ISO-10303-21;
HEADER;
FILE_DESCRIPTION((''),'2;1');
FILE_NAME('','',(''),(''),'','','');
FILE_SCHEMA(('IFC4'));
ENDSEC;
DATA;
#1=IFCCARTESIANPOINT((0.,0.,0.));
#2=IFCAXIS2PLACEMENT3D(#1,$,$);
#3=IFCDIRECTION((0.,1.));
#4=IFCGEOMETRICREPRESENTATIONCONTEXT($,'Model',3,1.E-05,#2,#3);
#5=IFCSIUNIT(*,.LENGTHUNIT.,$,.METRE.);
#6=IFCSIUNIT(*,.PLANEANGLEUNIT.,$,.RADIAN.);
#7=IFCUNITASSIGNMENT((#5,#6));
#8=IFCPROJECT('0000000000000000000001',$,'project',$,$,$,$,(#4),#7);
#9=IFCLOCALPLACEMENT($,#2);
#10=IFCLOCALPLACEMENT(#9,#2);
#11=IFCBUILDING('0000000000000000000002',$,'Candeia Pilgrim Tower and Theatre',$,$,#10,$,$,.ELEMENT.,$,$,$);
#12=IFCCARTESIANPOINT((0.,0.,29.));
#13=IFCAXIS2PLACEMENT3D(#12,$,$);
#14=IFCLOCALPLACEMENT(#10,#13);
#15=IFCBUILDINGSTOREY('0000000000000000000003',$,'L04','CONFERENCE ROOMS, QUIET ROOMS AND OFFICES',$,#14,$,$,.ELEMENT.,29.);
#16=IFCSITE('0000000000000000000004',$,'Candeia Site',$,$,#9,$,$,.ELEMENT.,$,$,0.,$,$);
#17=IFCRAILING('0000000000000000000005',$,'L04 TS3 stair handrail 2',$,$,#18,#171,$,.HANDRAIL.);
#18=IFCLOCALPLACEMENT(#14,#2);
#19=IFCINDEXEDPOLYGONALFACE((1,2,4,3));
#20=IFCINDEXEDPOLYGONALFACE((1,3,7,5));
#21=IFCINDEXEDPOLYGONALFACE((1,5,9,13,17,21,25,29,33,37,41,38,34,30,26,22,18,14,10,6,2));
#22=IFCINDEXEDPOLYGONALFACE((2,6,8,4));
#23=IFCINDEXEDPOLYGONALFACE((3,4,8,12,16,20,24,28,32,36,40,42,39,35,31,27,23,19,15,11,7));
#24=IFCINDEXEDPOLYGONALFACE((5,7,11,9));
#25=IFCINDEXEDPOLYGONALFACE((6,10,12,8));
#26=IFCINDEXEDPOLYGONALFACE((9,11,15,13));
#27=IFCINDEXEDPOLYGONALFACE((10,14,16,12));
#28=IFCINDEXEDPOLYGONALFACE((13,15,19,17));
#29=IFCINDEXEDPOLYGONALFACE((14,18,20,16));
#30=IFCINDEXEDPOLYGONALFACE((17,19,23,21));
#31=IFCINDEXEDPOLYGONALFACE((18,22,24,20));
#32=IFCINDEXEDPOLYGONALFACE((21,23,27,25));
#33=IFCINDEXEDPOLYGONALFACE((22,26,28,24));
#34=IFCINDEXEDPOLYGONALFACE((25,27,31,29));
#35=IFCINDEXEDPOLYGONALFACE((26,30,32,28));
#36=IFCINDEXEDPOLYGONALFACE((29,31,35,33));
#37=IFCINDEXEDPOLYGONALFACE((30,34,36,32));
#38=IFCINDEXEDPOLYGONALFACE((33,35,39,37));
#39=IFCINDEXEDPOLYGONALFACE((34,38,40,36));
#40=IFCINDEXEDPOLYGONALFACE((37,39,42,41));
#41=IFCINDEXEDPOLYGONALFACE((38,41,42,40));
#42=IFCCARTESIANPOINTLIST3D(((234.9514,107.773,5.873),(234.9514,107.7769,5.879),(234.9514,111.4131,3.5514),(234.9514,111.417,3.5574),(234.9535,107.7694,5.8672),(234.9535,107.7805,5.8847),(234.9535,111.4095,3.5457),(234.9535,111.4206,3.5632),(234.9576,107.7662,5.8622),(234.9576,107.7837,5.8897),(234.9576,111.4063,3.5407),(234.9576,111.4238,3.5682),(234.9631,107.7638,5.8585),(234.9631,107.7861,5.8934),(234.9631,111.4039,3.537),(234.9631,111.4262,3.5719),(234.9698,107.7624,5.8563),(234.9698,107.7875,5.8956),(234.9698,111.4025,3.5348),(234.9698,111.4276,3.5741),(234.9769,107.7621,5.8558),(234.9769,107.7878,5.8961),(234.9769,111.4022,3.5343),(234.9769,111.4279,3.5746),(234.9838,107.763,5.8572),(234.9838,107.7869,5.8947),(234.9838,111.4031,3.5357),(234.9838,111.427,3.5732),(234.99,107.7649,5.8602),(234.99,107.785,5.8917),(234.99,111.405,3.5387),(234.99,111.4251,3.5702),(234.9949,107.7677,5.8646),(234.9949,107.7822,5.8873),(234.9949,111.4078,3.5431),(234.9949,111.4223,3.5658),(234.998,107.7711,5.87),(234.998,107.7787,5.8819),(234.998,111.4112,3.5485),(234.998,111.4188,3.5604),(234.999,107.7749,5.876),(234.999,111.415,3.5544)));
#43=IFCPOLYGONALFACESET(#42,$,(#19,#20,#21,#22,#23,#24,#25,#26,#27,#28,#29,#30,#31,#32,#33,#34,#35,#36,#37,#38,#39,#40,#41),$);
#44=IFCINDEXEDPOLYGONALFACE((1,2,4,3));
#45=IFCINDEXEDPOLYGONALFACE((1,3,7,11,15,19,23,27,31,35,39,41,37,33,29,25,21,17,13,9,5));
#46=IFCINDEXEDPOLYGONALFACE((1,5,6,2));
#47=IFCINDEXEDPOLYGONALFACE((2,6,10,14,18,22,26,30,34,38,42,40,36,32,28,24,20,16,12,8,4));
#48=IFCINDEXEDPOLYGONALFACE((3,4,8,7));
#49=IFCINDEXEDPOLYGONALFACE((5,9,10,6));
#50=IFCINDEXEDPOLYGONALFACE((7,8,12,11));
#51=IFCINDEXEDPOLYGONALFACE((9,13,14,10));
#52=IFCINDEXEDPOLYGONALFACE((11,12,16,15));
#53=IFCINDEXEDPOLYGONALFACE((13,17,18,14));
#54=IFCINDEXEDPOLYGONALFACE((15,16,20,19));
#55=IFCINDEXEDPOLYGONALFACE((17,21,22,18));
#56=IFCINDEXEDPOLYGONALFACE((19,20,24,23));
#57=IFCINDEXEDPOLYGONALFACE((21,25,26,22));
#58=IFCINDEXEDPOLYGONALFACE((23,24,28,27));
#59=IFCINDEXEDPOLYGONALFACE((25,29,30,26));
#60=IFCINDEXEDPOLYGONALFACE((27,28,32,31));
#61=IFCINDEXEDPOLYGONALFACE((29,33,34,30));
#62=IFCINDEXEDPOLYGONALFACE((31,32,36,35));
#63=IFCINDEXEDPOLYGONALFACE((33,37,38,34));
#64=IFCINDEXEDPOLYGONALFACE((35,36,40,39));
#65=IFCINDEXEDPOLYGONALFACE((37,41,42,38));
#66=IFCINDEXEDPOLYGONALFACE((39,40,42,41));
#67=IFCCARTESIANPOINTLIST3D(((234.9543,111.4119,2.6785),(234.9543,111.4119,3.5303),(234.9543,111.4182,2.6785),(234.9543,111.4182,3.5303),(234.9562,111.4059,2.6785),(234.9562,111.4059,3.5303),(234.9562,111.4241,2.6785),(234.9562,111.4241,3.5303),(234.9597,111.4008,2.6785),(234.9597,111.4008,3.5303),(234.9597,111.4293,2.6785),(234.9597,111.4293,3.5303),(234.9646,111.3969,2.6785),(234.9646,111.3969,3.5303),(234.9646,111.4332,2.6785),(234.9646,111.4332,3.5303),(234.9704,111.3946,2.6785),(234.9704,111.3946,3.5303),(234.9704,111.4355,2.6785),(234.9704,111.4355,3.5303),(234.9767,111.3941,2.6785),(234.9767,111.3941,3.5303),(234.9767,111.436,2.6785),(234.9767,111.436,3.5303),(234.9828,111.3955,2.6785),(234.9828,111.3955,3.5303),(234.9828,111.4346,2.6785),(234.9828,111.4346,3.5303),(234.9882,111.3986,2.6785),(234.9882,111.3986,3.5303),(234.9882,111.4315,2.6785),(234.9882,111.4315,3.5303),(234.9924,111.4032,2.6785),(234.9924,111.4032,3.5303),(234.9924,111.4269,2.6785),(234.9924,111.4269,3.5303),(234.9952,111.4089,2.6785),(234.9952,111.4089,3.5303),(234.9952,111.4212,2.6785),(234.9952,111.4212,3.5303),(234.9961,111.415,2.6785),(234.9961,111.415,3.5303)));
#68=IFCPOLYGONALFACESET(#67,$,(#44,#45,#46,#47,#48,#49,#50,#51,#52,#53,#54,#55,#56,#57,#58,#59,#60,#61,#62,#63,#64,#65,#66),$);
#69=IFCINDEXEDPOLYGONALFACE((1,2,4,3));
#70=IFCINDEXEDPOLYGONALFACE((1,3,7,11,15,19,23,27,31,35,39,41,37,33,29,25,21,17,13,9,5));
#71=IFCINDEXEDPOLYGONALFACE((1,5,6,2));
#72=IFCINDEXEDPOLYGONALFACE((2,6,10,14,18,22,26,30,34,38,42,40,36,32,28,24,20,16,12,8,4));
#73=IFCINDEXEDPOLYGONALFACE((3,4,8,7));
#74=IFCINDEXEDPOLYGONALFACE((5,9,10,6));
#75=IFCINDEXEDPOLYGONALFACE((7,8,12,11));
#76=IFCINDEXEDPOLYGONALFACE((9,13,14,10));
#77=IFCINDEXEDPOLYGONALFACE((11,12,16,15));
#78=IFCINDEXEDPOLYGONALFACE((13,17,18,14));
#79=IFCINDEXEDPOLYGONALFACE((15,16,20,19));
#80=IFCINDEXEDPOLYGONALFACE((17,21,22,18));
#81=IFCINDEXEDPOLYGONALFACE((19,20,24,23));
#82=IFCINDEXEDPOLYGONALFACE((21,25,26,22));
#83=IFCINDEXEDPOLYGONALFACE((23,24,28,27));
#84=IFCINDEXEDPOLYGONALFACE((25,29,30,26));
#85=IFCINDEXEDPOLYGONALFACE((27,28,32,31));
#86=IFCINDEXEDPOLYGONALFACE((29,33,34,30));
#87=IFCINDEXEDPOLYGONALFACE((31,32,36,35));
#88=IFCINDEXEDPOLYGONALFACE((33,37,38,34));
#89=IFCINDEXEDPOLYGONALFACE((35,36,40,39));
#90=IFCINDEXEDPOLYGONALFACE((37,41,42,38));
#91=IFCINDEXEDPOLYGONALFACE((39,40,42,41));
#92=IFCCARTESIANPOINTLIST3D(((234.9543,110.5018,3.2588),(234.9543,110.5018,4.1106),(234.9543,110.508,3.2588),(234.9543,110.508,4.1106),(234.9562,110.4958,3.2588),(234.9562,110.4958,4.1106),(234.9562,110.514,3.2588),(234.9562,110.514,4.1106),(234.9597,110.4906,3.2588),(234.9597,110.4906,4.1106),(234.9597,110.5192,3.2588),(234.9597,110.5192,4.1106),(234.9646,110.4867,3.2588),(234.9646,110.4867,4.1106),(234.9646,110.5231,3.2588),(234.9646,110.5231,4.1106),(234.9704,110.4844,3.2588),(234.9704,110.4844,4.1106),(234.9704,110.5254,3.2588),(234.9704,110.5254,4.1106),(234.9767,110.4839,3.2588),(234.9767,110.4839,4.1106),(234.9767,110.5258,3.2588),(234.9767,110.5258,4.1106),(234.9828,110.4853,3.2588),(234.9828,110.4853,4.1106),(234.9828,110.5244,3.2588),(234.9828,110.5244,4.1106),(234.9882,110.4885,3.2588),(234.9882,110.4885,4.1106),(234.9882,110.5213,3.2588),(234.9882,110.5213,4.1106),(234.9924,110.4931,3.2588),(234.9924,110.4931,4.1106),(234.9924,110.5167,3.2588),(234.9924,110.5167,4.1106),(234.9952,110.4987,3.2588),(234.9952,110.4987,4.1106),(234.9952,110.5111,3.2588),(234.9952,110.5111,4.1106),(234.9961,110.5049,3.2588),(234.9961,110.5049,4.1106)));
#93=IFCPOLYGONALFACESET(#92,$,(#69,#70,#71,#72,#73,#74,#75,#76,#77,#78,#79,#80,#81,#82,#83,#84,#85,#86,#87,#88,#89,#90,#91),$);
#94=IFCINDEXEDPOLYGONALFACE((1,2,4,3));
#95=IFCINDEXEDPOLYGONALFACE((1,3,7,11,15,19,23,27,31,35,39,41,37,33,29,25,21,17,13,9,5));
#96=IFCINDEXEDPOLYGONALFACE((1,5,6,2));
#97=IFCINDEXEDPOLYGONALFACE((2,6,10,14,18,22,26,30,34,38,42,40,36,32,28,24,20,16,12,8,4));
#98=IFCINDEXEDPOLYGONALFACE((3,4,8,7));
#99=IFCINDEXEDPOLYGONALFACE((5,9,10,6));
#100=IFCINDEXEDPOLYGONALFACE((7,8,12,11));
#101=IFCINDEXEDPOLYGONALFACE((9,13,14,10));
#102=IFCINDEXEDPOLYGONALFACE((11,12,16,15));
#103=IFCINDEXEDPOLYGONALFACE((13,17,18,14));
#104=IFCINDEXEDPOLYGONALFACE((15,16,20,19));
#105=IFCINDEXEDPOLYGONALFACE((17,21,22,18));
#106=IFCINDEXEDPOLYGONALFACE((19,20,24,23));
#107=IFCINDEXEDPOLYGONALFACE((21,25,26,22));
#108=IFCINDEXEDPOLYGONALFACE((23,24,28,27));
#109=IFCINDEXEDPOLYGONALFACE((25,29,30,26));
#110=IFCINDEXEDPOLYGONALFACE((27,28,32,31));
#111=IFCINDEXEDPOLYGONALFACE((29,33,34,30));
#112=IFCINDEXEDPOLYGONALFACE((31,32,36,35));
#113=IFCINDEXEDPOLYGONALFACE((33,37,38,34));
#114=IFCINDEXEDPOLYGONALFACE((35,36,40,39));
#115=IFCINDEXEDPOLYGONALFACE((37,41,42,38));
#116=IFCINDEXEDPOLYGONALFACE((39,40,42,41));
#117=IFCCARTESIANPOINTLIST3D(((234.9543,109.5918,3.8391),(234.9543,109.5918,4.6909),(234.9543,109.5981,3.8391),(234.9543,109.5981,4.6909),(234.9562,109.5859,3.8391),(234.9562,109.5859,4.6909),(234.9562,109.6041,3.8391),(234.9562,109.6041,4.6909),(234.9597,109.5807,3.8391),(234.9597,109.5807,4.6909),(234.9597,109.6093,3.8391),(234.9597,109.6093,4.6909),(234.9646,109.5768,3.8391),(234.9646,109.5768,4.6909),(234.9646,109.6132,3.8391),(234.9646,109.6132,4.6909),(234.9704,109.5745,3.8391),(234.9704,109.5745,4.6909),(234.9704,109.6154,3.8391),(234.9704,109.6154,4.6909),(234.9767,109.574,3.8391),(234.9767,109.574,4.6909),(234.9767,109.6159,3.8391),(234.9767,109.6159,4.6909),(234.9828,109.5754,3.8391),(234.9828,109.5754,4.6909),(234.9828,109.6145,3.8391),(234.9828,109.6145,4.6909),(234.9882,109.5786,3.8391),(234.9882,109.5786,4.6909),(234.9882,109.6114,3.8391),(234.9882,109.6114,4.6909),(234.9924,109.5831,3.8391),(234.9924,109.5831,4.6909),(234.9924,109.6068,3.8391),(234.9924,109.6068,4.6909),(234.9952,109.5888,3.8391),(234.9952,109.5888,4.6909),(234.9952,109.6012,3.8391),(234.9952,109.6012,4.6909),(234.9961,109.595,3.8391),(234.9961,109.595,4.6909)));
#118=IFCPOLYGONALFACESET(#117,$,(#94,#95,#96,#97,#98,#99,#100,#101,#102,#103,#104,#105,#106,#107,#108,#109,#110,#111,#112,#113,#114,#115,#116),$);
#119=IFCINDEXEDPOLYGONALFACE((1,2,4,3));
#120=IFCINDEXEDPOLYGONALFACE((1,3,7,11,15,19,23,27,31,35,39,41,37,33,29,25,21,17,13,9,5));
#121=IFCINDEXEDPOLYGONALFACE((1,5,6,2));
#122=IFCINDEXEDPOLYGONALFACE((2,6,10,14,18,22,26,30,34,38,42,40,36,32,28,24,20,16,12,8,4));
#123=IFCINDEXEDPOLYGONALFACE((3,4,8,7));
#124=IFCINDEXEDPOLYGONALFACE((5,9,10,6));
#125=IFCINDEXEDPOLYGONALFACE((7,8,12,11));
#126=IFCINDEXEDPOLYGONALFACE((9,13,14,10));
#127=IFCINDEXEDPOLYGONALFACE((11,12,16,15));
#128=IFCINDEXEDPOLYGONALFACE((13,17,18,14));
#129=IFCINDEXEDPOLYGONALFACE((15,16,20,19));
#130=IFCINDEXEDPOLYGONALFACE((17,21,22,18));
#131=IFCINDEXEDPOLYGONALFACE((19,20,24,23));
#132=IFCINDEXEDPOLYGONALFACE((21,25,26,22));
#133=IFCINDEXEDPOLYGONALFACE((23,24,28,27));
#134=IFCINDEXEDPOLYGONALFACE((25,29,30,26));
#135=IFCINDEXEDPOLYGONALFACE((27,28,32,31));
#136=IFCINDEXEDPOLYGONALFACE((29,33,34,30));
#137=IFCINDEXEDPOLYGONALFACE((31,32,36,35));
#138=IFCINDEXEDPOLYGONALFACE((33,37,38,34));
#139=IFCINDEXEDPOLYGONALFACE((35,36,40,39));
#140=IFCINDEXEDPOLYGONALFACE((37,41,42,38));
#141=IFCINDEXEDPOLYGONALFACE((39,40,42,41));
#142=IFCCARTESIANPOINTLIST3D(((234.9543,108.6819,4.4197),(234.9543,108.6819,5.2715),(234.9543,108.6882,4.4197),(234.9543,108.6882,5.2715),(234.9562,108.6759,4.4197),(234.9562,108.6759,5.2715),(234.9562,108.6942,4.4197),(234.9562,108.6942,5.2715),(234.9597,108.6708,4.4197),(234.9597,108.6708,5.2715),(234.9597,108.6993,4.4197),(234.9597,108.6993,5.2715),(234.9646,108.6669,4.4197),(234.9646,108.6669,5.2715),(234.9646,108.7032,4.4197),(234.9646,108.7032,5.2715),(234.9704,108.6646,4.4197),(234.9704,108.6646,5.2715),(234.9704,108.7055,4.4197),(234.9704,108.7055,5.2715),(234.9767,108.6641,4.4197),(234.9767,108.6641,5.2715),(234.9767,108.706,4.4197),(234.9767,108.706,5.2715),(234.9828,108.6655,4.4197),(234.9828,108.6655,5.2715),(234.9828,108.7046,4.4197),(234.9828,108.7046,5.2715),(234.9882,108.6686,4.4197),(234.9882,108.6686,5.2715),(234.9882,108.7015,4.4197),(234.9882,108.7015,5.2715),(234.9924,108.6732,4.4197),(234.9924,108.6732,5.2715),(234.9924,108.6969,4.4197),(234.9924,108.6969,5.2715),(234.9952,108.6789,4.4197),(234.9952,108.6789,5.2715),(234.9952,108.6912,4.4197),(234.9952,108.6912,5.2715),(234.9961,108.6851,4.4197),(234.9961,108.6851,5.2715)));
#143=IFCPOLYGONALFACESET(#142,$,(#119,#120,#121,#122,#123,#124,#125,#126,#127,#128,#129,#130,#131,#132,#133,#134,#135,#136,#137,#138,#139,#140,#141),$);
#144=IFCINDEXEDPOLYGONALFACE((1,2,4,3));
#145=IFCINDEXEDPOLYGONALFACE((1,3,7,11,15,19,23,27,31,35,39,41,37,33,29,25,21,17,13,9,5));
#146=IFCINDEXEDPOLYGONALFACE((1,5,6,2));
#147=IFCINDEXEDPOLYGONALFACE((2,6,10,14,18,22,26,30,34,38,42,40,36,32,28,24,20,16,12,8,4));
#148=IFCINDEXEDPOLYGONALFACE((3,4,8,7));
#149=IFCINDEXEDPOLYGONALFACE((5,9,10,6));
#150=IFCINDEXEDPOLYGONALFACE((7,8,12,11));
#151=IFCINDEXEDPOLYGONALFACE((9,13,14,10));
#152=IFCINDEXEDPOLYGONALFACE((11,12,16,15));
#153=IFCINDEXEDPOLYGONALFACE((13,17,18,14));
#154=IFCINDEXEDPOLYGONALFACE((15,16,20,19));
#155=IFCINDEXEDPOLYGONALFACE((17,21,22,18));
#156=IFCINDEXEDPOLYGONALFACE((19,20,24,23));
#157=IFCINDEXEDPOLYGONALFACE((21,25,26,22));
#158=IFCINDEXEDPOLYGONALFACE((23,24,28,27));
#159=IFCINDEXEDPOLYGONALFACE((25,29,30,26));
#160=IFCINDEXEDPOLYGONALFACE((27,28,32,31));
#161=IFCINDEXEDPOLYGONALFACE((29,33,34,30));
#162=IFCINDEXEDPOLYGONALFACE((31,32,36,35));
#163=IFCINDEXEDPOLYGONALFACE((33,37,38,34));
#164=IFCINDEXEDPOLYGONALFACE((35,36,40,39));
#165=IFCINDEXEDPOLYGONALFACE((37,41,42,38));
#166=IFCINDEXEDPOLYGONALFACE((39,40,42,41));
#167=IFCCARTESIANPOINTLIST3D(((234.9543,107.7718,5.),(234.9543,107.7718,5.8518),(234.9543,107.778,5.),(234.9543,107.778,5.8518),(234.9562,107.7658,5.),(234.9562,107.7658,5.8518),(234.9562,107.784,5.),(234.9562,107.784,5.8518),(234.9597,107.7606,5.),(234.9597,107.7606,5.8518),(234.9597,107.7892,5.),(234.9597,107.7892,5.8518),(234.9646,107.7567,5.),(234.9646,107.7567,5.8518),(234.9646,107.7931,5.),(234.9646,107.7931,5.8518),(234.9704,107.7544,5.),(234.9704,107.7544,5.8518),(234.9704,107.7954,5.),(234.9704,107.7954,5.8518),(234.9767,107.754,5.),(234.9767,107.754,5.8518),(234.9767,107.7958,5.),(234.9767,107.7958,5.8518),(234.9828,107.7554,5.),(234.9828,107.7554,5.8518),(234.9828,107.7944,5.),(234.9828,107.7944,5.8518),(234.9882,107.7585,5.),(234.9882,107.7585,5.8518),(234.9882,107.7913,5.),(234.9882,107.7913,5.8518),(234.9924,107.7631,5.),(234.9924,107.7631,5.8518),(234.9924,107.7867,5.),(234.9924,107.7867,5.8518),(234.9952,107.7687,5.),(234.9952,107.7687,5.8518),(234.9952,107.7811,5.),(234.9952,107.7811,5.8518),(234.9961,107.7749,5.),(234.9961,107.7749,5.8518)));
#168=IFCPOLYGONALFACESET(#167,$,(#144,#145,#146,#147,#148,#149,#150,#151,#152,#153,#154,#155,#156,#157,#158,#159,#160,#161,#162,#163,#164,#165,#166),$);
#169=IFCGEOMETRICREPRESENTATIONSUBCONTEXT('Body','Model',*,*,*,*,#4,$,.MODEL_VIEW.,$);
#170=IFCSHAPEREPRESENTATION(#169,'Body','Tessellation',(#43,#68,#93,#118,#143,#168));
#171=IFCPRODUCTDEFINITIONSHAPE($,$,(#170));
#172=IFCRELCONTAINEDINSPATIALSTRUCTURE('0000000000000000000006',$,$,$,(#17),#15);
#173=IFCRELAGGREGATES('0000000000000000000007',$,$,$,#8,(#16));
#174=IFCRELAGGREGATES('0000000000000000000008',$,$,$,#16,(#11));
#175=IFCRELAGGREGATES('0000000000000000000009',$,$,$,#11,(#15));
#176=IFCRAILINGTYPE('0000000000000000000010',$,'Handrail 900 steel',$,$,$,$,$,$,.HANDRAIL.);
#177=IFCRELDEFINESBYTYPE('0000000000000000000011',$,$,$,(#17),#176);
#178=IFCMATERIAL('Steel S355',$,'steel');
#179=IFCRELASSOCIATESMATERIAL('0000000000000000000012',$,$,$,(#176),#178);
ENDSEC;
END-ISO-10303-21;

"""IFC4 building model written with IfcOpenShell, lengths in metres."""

from ifc_helpers import new_model, si_unit, direction, frame, origin, origin_2d, place, context, subcontext, project, spatial, circle, extrude, material, type_object, element, save


model = new_model("IFC4")

# Units and contexts
model_context = context("Model", 3, precision=1e-05, world=origin(), true_north=direction((0.0, 1.0)))
body_context = subcontext(model_context, "Body", "Model", "MODEL_VIEW")
ifc_project = project(units=[si_unit("LENGTHUNIT", "METRE"), si_unit("PLANEANGLEUNIT", "RADIAN")], contexts=[model_context])

# Site, building, storey
site_placement = place(None, origin())
site = spatial("IfcSite", under=ifc_project, at=site_placement, Name="Candeia Site", CompositionType="ELEMENT", RefElevation=0.0)
building_placement = place(site_placement, origin())
building = spatial("IfcBuilding", under=site, at=building_placement, Name="Candeia Pilgrim Tower and Theatre", CompositionType="ELEMENT")
storey_placement = place(building_placement, frame((0.0, 0.0, 29.0)))
storey = spatial("IfcBuildingStorey", under=building, at=storey_placement, Name="L04", Description="CONFERENCE ROOMS, QUIET ROOMS AND OFFICES", CompositionType="ELEMENT", Elevation=29.0)

# Railing
ifc_material_1 = material(Name="Steel S355", Category="steel")
railing_type_1 = type_object("IfcRailingType", Name="Handrail 900 steel", PredefinedType="HANDRAIL", material=ifc_material_1)
railing_1_placement = place(storey_placement, frame((234.9751, 111.415, 2.6785)))
element("IfcRailing", 1, at=railing_1_placement, inside=storey, type_object=railing_type_1, Name="L04 TS3 stair handrail 2", PredefinedType="HANDRAIL", context=body_context, shape_type="SweptSolid", body=[
    extrude(circle(Radius=0.0239, at=origin_2d()), frame((0.0, 0.0, 0.876), z_axis=(0.0, -0.843128, 0.537713), x_axis=(1.0, 0.0, 0.0)), (0.0, 0.0, 1.0), 4.3174),
    extrude(circle(Radius=0.021, at=origin_2d()), origin(), (0.0, 0.0, 1.0), 0.8518),
    extrude(circle(Radius=0.021, at=origin_2d()), frame((0.0, -0.9102, 0.5803)), (0.0, 0.0, 1.0), 0.8518),
    extrude(circle(Radius=0.021, at=origin_2d()), frame((0.0, -1.8201, 1.1606)), (0.0, 0.0, 1.0), 0.8518),
    extrude(circle(Radius=0.021, at=origin_2d()), frame((0.0, -2.73, 1.7412)), (0.0, 0.0, 1.0), 0.8518),
    extrude(circle(Radius=0.021, at=origin_2d()), frame((0.0, -3.6401, 2.3215)), (0.0, 0.0, 1.0), 0.8518),
])

save(model, "model.ifc")
